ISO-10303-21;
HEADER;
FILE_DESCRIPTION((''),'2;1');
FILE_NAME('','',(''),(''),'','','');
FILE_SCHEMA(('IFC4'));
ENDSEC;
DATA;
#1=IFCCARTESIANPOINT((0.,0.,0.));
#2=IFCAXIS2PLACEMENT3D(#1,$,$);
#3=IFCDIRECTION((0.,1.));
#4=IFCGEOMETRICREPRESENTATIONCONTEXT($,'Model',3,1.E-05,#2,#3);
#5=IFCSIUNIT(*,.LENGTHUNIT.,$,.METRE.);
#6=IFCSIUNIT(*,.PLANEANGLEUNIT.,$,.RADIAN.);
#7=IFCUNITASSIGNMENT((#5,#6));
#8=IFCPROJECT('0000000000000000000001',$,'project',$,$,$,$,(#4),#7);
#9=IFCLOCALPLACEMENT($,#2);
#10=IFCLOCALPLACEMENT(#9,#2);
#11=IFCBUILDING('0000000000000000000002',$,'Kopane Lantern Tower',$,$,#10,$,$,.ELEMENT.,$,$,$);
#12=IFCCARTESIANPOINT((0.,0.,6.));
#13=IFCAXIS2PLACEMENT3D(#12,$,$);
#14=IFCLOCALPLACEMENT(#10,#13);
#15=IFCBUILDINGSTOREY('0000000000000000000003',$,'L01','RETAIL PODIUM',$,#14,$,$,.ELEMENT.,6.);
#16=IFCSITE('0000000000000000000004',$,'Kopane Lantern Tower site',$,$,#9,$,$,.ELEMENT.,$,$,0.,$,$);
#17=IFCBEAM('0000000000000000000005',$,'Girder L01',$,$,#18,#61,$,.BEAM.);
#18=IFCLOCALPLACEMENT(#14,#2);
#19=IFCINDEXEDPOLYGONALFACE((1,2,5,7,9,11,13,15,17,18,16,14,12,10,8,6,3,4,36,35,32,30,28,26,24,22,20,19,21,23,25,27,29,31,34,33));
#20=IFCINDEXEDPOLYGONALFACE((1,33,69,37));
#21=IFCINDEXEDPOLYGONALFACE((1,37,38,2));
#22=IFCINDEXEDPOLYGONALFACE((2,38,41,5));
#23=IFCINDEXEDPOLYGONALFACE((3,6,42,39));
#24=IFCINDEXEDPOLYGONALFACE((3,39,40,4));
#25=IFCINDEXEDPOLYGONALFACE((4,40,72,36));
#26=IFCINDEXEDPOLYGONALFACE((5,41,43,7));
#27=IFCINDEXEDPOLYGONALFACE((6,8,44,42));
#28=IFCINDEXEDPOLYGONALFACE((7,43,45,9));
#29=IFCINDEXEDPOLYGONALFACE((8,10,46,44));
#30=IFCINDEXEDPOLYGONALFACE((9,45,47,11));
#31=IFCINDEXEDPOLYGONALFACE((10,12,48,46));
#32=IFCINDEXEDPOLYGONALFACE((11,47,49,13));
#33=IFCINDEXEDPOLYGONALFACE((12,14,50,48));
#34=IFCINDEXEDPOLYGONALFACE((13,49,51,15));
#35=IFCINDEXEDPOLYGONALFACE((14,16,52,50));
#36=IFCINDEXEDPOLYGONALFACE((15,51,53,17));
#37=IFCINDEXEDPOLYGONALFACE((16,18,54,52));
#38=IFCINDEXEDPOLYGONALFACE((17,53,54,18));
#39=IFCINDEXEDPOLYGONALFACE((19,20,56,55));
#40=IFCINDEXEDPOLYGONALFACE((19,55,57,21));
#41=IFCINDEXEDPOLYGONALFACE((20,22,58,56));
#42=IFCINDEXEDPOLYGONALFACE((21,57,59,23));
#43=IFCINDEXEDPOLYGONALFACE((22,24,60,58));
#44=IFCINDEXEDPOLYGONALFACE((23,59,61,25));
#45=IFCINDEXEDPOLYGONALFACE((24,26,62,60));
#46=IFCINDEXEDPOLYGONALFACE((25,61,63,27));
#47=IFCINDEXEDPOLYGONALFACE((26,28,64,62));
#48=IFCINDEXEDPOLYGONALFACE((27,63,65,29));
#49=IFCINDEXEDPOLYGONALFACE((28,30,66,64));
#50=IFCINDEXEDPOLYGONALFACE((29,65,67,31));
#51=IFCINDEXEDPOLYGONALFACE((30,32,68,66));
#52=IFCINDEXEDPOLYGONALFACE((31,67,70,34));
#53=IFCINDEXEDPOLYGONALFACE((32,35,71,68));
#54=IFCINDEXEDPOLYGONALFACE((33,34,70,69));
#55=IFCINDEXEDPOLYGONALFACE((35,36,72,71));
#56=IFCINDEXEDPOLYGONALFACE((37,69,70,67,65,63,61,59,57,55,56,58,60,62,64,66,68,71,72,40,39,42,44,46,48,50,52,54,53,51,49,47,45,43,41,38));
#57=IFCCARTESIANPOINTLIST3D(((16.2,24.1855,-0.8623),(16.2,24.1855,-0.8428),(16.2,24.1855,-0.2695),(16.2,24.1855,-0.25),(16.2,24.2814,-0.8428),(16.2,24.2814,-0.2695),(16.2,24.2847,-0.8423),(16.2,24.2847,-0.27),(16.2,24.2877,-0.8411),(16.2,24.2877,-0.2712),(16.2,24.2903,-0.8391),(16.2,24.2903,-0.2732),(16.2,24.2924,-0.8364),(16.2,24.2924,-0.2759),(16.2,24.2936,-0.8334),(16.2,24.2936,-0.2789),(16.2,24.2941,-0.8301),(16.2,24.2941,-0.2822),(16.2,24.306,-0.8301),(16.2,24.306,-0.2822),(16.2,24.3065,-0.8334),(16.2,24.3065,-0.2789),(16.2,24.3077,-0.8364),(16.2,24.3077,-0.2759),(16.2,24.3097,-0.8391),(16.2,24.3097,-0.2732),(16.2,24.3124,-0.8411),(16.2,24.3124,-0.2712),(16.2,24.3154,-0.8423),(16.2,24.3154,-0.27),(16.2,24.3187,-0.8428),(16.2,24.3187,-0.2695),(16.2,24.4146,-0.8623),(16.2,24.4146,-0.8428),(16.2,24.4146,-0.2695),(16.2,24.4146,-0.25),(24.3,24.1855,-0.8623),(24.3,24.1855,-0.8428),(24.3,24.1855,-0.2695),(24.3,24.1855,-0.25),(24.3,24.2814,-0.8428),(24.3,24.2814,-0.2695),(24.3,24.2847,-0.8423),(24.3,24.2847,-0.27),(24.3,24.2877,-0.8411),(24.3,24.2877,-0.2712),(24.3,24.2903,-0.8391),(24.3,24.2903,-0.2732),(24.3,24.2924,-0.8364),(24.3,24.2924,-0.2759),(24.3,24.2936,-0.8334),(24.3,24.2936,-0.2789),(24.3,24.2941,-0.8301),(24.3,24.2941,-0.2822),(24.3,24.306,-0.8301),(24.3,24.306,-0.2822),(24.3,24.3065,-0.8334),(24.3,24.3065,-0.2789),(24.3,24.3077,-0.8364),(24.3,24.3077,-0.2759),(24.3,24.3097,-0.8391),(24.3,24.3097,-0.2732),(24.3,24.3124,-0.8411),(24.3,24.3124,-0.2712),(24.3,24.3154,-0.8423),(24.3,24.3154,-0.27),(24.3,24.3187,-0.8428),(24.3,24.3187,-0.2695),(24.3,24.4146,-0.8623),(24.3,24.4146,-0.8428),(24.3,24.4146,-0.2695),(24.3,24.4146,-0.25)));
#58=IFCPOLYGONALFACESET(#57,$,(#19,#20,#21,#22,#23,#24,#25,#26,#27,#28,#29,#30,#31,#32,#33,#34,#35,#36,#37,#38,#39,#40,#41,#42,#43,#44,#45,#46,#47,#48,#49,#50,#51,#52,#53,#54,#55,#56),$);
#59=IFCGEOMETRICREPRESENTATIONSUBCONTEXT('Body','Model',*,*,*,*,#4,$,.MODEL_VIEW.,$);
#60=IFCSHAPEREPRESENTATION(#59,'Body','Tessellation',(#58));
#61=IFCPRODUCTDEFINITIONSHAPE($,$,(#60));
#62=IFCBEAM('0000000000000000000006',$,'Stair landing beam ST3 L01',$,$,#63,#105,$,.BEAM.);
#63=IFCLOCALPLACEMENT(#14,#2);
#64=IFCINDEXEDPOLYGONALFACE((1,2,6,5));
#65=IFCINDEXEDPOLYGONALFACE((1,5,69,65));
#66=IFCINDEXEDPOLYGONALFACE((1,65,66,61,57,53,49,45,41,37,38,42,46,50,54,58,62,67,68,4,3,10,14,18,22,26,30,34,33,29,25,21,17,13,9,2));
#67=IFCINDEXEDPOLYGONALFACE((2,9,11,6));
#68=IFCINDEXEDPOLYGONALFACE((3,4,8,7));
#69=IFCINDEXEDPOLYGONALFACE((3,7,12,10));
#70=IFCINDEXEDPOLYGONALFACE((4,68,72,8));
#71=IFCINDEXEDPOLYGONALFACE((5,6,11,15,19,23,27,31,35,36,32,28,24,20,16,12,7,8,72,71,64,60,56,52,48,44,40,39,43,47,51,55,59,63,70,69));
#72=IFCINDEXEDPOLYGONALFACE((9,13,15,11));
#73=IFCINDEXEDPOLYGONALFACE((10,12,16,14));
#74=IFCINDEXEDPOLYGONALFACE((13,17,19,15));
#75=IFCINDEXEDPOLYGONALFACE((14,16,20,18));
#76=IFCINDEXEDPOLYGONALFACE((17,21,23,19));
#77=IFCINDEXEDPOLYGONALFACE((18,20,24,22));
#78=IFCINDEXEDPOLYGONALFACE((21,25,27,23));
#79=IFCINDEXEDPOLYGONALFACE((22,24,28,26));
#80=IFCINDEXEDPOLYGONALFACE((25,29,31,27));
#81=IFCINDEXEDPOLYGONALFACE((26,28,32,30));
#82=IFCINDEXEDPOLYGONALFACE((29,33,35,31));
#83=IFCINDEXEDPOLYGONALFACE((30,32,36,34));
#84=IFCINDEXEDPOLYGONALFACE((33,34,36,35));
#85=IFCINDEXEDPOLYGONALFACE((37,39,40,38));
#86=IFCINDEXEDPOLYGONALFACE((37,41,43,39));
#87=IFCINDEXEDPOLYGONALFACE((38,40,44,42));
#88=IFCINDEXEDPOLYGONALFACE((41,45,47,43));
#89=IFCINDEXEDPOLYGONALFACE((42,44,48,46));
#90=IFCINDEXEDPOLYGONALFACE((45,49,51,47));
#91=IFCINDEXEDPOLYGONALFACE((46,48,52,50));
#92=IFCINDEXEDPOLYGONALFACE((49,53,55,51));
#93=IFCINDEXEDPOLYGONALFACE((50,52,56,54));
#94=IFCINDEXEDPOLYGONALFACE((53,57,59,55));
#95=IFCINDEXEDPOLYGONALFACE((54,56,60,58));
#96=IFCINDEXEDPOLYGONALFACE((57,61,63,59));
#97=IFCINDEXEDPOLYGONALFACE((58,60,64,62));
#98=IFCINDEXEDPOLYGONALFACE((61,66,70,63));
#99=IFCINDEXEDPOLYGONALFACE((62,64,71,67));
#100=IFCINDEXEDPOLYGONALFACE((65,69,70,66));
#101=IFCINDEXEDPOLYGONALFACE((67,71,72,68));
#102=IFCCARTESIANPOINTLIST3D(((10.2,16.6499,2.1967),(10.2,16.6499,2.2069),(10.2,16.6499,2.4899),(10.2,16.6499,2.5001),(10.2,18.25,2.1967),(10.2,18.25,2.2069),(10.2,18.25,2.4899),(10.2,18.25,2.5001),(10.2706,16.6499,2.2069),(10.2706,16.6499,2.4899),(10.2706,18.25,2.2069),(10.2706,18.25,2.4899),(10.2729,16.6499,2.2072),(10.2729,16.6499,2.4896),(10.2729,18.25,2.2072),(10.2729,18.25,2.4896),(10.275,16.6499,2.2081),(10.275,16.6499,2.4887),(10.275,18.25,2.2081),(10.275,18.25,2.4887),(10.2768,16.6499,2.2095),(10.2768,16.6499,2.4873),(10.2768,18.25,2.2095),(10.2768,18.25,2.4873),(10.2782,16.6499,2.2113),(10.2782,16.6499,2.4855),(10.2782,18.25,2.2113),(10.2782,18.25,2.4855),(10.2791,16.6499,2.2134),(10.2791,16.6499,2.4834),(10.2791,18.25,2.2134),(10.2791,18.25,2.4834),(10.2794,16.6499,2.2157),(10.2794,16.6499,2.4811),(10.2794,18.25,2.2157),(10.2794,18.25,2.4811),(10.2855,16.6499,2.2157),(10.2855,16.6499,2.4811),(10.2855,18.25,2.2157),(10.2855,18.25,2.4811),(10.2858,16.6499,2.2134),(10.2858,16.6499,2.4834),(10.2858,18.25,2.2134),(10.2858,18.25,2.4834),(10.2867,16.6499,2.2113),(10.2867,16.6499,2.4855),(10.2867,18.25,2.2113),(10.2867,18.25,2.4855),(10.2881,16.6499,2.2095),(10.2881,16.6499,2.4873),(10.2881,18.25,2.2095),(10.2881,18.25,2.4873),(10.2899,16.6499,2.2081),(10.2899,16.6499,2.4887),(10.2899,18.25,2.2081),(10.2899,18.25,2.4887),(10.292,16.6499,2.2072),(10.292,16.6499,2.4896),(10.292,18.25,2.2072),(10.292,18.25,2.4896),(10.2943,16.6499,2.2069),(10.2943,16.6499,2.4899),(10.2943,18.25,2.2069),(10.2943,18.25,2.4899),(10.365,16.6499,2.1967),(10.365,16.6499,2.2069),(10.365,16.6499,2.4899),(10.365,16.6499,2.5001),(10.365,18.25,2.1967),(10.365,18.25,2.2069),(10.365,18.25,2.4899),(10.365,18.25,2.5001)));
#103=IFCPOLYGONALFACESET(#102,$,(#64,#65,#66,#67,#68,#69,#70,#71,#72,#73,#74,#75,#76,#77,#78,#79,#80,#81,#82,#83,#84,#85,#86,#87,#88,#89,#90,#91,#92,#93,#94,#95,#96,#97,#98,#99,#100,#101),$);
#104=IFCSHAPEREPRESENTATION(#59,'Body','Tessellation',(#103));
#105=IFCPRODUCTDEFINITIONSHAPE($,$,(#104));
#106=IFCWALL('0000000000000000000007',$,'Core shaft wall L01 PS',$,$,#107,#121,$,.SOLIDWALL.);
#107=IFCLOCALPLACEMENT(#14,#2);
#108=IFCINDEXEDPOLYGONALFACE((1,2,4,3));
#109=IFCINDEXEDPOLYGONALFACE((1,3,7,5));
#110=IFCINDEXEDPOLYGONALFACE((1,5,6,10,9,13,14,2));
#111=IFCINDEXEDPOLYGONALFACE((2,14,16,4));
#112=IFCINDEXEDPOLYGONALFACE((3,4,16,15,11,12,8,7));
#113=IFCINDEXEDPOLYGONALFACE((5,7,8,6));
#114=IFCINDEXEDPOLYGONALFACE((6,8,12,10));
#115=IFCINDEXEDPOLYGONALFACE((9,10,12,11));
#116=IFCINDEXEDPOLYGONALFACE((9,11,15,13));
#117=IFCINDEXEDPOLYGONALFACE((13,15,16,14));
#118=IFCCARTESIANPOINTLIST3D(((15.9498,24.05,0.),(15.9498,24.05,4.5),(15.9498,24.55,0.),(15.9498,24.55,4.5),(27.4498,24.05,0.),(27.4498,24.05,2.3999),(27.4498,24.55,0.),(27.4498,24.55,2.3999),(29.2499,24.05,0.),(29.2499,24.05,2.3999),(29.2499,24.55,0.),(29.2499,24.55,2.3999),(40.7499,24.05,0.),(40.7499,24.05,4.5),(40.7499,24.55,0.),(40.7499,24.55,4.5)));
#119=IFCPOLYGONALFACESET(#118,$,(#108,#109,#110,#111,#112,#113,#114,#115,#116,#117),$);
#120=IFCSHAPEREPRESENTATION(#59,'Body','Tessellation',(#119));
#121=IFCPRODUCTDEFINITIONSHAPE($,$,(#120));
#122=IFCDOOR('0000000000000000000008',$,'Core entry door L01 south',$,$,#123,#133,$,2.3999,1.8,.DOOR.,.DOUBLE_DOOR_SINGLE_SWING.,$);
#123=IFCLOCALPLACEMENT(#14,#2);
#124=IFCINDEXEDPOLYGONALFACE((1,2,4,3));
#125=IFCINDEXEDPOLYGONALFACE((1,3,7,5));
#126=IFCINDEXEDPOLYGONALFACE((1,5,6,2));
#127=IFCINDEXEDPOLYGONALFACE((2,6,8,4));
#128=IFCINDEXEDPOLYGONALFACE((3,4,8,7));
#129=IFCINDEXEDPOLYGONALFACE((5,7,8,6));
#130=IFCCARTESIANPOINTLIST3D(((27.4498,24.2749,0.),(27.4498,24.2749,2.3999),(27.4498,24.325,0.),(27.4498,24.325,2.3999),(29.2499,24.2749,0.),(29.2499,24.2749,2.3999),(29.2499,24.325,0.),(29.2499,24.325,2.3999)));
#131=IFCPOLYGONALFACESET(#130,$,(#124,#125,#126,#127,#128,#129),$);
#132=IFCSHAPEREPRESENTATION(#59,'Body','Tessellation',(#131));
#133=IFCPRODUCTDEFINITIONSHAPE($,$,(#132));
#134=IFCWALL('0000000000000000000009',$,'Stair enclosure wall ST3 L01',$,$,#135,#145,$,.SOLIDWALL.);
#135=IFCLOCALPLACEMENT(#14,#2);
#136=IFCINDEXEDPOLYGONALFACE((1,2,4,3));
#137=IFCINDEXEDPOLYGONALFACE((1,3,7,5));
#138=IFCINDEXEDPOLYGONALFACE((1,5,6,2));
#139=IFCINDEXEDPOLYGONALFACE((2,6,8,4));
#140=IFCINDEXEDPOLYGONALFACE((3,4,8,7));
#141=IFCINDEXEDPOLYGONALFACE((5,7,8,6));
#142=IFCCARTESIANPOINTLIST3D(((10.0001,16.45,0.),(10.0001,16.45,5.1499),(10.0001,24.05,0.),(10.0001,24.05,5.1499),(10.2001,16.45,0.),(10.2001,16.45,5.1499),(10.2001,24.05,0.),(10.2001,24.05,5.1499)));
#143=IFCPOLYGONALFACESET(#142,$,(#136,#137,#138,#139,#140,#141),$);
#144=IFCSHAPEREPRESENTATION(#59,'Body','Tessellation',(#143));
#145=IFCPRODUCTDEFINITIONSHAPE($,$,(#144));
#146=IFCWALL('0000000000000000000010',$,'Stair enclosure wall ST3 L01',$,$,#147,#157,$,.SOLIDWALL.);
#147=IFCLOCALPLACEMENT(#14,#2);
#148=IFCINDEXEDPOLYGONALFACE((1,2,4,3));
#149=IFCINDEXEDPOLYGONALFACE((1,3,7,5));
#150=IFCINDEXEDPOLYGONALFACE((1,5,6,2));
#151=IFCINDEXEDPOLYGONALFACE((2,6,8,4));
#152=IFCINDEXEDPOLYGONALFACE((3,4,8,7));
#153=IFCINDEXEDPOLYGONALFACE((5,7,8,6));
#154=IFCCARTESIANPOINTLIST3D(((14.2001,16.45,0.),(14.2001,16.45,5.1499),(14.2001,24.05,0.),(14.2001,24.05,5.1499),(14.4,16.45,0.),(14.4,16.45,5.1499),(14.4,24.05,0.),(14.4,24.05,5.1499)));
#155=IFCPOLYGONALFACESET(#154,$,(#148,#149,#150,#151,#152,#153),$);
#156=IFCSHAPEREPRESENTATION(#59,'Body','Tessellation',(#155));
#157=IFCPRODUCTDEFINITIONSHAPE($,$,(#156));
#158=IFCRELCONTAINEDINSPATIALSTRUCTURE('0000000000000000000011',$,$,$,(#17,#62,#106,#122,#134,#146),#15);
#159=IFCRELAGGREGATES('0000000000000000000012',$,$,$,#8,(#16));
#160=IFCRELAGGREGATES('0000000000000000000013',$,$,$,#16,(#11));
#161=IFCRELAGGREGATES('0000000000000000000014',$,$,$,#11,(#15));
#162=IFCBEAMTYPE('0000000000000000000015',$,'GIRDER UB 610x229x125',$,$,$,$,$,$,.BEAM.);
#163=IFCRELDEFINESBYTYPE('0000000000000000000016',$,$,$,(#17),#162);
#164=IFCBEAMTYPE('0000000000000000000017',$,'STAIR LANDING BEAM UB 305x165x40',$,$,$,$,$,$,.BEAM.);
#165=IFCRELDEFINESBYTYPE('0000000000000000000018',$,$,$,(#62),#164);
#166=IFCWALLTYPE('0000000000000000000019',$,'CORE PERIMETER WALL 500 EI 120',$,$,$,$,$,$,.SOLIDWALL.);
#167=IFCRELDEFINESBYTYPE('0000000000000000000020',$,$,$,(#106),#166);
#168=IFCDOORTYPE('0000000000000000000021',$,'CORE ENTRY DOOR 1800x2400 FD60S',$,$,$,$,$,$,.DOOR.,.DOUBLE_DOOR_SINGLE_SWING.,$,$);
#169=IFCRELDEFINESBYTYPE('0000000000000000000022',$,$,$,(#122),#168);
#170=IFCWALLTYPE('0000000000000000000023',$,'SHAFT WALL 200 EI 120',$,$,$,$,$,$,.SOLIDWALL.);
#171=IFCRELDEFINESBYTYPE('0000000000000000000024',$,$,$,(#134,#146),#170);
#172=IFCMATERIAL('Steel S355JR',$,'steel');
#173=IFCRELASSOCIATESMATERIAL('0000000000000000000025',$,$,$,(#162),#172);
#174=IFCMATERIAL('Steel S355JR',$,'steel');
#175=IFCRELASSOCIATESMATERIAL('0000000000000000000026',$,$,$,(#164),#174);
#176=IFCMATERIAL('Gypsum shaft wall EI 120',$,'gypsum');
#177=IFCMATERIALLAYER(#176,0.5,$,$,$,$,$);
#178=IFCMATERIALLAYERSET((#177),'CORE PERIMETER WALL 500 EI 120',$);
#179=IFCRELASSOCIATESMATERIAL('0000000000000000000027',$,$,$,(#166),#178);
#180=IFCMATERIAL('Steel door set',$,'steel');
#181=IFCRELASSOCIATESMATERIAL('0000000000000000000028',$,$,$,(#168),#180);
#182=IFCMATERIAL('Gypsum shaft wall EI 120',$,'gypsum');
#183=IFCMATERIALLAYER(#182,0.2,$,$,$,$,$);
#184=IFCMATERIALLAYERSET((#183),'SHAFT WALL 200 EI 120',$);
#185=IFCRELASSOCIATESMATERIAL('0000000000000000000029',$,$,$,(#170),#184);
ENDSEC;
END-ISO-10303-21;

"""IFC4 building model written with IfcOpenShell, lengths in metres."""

from ifc_helpers import new_model, si_unit, direction, frame, frame_2d, origin, origin_2d, place, context, subcontext, project, spatial, rectangle, i_section, extrude, material, layer, layer_set, material_profile, profile_set, type_object, element, fill, save


model = new_model("IFC4")

# Units and contexts
model_context = context("Model", 3, precision=1e-05, world=origin(), true_north=direction((0.0, 1.0)))
body_context = subcontext(model_context, "Body", "Model", "MODEL_VIEW")
ifc_project = project(units=[si_unit("LENGTHUNIT", "METRE"), si_unit("PLANEANGLEUNIT", "RADIAN")], contexts=[model_context])

# Site, building, storey
site_placement = place(None, origin())
site = spatial("IfcSite", under=ifc_project, at=site_placement, Name="Kopane Lantern Tower site", CompositionType="ELEMENT", RefElevation=0.0)
building_placement = place(site_placement, origin())
building = spatial("IfcBuilding", under=site, at=building_placement, Name="Kopane Lantern Tower", CompositionType="ELEMENT")
storey_placement = place(building_placement, frame((0.0, 0.0, 6.0)))
storey = spatial("IfcBuildingStorey", under=building, at=storey_placement, Name="L01", Description="RETAIL PODIUM", CompositionType="ELEMENT", Elevation=6.0)

# Beams
ifc_material_1 = material(Name="Steel S355JR", Category="steel")
ifc_material_profile_1 = material_profile(ifc_material_1, i_section(OverallWidth=0.229, OverallDepth=0.6123, WebThickness=0.012, FlangeThickness=0.0195, FilletRadius=0.0127, at=origin_2d()), Name="UB 610x229x125")
ifc_profile_set_1 = profile_set([ifc_material_profile_1], Name="Steel S355JR")
beam_type_1 = type_object("IfcBeamType", Name="GIRDER UB 610x229x125", PredefinedType="BEAM", material=ifc_profile_set_1)
beam_1_placement = place(storey_placement, frame((16.2, 24.3, -0.5562), z_axis=(1.0, 0.0, 0.0), x_axis=(0.0, 1.0, 0.0)))
element("IfcBeam", 1, at=beam_1_placement, inside=storey, type_object=beam_type_1, Name="Girder L01", PredefinedType="BEAM", context=body_context, shape_type="SweptSolid", body=[
    extrude(i_section(OverallWidth=0.229, OverallDepth=0.6123, WebThickness=0.012, FlangeThickness=0.0195, FilletRadius=0.0127, at=origin_2d()), origin(), (0.0, 0.0, 1.0), 8.1001),
])
ifc_material_2 = material(Name="Steel S355JR", Category="steel")
ifc_material_profile_2 = material_profile(ifc_material_2, i_section(OverallWidth=0.165, OverallDepth=0.3035, WebThickness=0.0061, FlangeThickness=0.0103, FilletRadius=0.0088, at=origin_2d()), Name="UB 305x165x40")
ifc_profile_set_2 = profile_set([ifc_material_profile_2], Name="Steel S355JR")
beam_type_2 = type_object("IfcBeamType", Name="STAIR LANDING BEAM UB 305x165x40", PredefinedType="BEAM", material=ifc_profile_set_2)
beam_2_placement = place(storey_placement, frame((10.2825, 16.6499, 2.3484), z_axis=(0.0, 1.0, 0.0), x_axis=(-1.0, 0.0, 0.0)))
element("IfcBeam", 2, at=beam_2_placement, inside=storey, type_object=beam_type_2, Name="Stair landing beam ST3 L01", PredefinedType="BEAM", context=body_context, shape_type="SweptSolid", body=[
    extrude(i_section(OverallWidth=0.165, OverallDepth=0.3035, WebThickness=0.0061, FlangeThickness=0.0103, FilletRadius=0.0088, at=origin_2d()), origin(), (0.0, 0.0, 1.0), 1.6001),
])

# Wall, opening, door
ifc_material_3 = material(Name="Gypsum shaft wall EI 120", Category="gypsum")
ifc_layer_1 = layer(ifc_material_3, 0.5)
ifc_layer_set_1 = layer_set([ifc_layer_1], Name="CORE PERIMETER WALL 500 EI 120")
wall_type_1 = type_object("IfcWallType", Name="CORE PERIMETER WALL 500 EI 120", PredefinedType="SOLIDWALL", material=ifc_layer_set_1)
wall_placement = place(storey_placement, frame((15.95, 24.3, 0.0), z_axis=(0.0, 0.0, 1.0), x_axis=(1.0, 0.0, 0.0)))
wall = element("IfcWall", 3, at=wall_placement, inside=storey, type_object=wall_type_1, Name="Core shaft wall L01 PS", PredefinedType="SOLIDWALL", context=body_context, shape_type="SweptSolid", body=[
    extrude(rectangle(XDim=24.8, YDim=0.5, at=frame_2d((12.3999, 0.0))), origin(), (0.0, 0.0, 1.0), 4.5),
])
opening_placement = place(wall_placement, frame((11.5, 0.0, 0.0)))
opening = element("IfcOpeningElement", 4, at=opening_placement, cuts=wall, PredefinedType="OPENING", context=body_context, shape_type="SweptSolid", body=[
    extrude(rectangle(XDim=1.8, YDim=2.3999, at=frame_2d((0.8999, 1.2))), frame((0.0, 0.26, 0.0), z_axis=(0.0, -1.0, 0.0), x_axis=(1.0, 0.0, 0.0)), (0.0, 0.0, 1.0), 0.52),
])
ifc_material_4 = material(Name="Steel door set", Category="steel")
door_type = type_object("IfcDoorType", Name="CORE ENTRY DOOR 1800x2400 FD60S", OperationType="DOUBLE_DOOR_SINGLE_SWING", PredefinedType="DOOR", material=ifc_material_4)
door_placement = place(opening_placement, origin())
door = element("IfcDoor", 5, at=door_placement, inside=storey, type_object=door_type, Name="Core entry door L01 south", OperationType="DOUBLE_DOOR_SINGLE_SWING", OverallHeight=2.3999, OverallWidth=1.8, PredefinedType="DOOR", context=body_context, shape_type="SweptSolid", body=[
    extrude(rectangle(XDim=1.8, YDim=2.3999, at=frame_2d((0.8999, 1.2))), frame((0.0, 0.0249, 0.0), z_axis=(0.0, -1.0, 0.0), x_axis=(1.0, 0.0, 0.0)), (0.0, 0.0, 1.0), 0.05),
])
fill(opening, door)

# Walls
ifc_material_5 = material(Name="Gypsum shaft wall EI 120", Category="gypsum")
ifc_layer_2 = layer(ifc_material_5, 0.2)
ifc_layer_set_2 = layer_set([ifc_layer_2], Name="SHAFT WALL 200 EI 120")
wall_type_2 = type_object("IfcWallType", Name="SHAFT WALL 200 EI 120", PredefinedType="SOLIDWALL", material=ifc_layer_set_2)
for number, where, z_axis, x_axis, name in (
    (6, (10.1001, 16.45, 0.0), (0.0, 0.0, 1.0), (0.0, 1.0, 0.0), "Stair enclosure wall ST3 L01"),
    (7, (14.3, 16.45, 0.0), (0.0, 0.0, 1.0), (0.0, 1.0, 0.0), "Stair enclosure wall ST3 L01"),
):
    element("IfcWall", number, at=place(storey_placement, frame(where, z_axis=z_axis, x_axis=x_axis)), inside=storey, type_object=wall_type_2, Name=name, PredefinedType="SOLIDWALL", context=body_context, shape_type="SweptSolid", body=[
        extrude(rectangle(XDim=7.6001, YDim=0.2, at=frame_2d((3.8, 0.0))), origin(), (0.0, 0.0, 1.0), 5.1499),
    ])

save(model, "model.ifc")
